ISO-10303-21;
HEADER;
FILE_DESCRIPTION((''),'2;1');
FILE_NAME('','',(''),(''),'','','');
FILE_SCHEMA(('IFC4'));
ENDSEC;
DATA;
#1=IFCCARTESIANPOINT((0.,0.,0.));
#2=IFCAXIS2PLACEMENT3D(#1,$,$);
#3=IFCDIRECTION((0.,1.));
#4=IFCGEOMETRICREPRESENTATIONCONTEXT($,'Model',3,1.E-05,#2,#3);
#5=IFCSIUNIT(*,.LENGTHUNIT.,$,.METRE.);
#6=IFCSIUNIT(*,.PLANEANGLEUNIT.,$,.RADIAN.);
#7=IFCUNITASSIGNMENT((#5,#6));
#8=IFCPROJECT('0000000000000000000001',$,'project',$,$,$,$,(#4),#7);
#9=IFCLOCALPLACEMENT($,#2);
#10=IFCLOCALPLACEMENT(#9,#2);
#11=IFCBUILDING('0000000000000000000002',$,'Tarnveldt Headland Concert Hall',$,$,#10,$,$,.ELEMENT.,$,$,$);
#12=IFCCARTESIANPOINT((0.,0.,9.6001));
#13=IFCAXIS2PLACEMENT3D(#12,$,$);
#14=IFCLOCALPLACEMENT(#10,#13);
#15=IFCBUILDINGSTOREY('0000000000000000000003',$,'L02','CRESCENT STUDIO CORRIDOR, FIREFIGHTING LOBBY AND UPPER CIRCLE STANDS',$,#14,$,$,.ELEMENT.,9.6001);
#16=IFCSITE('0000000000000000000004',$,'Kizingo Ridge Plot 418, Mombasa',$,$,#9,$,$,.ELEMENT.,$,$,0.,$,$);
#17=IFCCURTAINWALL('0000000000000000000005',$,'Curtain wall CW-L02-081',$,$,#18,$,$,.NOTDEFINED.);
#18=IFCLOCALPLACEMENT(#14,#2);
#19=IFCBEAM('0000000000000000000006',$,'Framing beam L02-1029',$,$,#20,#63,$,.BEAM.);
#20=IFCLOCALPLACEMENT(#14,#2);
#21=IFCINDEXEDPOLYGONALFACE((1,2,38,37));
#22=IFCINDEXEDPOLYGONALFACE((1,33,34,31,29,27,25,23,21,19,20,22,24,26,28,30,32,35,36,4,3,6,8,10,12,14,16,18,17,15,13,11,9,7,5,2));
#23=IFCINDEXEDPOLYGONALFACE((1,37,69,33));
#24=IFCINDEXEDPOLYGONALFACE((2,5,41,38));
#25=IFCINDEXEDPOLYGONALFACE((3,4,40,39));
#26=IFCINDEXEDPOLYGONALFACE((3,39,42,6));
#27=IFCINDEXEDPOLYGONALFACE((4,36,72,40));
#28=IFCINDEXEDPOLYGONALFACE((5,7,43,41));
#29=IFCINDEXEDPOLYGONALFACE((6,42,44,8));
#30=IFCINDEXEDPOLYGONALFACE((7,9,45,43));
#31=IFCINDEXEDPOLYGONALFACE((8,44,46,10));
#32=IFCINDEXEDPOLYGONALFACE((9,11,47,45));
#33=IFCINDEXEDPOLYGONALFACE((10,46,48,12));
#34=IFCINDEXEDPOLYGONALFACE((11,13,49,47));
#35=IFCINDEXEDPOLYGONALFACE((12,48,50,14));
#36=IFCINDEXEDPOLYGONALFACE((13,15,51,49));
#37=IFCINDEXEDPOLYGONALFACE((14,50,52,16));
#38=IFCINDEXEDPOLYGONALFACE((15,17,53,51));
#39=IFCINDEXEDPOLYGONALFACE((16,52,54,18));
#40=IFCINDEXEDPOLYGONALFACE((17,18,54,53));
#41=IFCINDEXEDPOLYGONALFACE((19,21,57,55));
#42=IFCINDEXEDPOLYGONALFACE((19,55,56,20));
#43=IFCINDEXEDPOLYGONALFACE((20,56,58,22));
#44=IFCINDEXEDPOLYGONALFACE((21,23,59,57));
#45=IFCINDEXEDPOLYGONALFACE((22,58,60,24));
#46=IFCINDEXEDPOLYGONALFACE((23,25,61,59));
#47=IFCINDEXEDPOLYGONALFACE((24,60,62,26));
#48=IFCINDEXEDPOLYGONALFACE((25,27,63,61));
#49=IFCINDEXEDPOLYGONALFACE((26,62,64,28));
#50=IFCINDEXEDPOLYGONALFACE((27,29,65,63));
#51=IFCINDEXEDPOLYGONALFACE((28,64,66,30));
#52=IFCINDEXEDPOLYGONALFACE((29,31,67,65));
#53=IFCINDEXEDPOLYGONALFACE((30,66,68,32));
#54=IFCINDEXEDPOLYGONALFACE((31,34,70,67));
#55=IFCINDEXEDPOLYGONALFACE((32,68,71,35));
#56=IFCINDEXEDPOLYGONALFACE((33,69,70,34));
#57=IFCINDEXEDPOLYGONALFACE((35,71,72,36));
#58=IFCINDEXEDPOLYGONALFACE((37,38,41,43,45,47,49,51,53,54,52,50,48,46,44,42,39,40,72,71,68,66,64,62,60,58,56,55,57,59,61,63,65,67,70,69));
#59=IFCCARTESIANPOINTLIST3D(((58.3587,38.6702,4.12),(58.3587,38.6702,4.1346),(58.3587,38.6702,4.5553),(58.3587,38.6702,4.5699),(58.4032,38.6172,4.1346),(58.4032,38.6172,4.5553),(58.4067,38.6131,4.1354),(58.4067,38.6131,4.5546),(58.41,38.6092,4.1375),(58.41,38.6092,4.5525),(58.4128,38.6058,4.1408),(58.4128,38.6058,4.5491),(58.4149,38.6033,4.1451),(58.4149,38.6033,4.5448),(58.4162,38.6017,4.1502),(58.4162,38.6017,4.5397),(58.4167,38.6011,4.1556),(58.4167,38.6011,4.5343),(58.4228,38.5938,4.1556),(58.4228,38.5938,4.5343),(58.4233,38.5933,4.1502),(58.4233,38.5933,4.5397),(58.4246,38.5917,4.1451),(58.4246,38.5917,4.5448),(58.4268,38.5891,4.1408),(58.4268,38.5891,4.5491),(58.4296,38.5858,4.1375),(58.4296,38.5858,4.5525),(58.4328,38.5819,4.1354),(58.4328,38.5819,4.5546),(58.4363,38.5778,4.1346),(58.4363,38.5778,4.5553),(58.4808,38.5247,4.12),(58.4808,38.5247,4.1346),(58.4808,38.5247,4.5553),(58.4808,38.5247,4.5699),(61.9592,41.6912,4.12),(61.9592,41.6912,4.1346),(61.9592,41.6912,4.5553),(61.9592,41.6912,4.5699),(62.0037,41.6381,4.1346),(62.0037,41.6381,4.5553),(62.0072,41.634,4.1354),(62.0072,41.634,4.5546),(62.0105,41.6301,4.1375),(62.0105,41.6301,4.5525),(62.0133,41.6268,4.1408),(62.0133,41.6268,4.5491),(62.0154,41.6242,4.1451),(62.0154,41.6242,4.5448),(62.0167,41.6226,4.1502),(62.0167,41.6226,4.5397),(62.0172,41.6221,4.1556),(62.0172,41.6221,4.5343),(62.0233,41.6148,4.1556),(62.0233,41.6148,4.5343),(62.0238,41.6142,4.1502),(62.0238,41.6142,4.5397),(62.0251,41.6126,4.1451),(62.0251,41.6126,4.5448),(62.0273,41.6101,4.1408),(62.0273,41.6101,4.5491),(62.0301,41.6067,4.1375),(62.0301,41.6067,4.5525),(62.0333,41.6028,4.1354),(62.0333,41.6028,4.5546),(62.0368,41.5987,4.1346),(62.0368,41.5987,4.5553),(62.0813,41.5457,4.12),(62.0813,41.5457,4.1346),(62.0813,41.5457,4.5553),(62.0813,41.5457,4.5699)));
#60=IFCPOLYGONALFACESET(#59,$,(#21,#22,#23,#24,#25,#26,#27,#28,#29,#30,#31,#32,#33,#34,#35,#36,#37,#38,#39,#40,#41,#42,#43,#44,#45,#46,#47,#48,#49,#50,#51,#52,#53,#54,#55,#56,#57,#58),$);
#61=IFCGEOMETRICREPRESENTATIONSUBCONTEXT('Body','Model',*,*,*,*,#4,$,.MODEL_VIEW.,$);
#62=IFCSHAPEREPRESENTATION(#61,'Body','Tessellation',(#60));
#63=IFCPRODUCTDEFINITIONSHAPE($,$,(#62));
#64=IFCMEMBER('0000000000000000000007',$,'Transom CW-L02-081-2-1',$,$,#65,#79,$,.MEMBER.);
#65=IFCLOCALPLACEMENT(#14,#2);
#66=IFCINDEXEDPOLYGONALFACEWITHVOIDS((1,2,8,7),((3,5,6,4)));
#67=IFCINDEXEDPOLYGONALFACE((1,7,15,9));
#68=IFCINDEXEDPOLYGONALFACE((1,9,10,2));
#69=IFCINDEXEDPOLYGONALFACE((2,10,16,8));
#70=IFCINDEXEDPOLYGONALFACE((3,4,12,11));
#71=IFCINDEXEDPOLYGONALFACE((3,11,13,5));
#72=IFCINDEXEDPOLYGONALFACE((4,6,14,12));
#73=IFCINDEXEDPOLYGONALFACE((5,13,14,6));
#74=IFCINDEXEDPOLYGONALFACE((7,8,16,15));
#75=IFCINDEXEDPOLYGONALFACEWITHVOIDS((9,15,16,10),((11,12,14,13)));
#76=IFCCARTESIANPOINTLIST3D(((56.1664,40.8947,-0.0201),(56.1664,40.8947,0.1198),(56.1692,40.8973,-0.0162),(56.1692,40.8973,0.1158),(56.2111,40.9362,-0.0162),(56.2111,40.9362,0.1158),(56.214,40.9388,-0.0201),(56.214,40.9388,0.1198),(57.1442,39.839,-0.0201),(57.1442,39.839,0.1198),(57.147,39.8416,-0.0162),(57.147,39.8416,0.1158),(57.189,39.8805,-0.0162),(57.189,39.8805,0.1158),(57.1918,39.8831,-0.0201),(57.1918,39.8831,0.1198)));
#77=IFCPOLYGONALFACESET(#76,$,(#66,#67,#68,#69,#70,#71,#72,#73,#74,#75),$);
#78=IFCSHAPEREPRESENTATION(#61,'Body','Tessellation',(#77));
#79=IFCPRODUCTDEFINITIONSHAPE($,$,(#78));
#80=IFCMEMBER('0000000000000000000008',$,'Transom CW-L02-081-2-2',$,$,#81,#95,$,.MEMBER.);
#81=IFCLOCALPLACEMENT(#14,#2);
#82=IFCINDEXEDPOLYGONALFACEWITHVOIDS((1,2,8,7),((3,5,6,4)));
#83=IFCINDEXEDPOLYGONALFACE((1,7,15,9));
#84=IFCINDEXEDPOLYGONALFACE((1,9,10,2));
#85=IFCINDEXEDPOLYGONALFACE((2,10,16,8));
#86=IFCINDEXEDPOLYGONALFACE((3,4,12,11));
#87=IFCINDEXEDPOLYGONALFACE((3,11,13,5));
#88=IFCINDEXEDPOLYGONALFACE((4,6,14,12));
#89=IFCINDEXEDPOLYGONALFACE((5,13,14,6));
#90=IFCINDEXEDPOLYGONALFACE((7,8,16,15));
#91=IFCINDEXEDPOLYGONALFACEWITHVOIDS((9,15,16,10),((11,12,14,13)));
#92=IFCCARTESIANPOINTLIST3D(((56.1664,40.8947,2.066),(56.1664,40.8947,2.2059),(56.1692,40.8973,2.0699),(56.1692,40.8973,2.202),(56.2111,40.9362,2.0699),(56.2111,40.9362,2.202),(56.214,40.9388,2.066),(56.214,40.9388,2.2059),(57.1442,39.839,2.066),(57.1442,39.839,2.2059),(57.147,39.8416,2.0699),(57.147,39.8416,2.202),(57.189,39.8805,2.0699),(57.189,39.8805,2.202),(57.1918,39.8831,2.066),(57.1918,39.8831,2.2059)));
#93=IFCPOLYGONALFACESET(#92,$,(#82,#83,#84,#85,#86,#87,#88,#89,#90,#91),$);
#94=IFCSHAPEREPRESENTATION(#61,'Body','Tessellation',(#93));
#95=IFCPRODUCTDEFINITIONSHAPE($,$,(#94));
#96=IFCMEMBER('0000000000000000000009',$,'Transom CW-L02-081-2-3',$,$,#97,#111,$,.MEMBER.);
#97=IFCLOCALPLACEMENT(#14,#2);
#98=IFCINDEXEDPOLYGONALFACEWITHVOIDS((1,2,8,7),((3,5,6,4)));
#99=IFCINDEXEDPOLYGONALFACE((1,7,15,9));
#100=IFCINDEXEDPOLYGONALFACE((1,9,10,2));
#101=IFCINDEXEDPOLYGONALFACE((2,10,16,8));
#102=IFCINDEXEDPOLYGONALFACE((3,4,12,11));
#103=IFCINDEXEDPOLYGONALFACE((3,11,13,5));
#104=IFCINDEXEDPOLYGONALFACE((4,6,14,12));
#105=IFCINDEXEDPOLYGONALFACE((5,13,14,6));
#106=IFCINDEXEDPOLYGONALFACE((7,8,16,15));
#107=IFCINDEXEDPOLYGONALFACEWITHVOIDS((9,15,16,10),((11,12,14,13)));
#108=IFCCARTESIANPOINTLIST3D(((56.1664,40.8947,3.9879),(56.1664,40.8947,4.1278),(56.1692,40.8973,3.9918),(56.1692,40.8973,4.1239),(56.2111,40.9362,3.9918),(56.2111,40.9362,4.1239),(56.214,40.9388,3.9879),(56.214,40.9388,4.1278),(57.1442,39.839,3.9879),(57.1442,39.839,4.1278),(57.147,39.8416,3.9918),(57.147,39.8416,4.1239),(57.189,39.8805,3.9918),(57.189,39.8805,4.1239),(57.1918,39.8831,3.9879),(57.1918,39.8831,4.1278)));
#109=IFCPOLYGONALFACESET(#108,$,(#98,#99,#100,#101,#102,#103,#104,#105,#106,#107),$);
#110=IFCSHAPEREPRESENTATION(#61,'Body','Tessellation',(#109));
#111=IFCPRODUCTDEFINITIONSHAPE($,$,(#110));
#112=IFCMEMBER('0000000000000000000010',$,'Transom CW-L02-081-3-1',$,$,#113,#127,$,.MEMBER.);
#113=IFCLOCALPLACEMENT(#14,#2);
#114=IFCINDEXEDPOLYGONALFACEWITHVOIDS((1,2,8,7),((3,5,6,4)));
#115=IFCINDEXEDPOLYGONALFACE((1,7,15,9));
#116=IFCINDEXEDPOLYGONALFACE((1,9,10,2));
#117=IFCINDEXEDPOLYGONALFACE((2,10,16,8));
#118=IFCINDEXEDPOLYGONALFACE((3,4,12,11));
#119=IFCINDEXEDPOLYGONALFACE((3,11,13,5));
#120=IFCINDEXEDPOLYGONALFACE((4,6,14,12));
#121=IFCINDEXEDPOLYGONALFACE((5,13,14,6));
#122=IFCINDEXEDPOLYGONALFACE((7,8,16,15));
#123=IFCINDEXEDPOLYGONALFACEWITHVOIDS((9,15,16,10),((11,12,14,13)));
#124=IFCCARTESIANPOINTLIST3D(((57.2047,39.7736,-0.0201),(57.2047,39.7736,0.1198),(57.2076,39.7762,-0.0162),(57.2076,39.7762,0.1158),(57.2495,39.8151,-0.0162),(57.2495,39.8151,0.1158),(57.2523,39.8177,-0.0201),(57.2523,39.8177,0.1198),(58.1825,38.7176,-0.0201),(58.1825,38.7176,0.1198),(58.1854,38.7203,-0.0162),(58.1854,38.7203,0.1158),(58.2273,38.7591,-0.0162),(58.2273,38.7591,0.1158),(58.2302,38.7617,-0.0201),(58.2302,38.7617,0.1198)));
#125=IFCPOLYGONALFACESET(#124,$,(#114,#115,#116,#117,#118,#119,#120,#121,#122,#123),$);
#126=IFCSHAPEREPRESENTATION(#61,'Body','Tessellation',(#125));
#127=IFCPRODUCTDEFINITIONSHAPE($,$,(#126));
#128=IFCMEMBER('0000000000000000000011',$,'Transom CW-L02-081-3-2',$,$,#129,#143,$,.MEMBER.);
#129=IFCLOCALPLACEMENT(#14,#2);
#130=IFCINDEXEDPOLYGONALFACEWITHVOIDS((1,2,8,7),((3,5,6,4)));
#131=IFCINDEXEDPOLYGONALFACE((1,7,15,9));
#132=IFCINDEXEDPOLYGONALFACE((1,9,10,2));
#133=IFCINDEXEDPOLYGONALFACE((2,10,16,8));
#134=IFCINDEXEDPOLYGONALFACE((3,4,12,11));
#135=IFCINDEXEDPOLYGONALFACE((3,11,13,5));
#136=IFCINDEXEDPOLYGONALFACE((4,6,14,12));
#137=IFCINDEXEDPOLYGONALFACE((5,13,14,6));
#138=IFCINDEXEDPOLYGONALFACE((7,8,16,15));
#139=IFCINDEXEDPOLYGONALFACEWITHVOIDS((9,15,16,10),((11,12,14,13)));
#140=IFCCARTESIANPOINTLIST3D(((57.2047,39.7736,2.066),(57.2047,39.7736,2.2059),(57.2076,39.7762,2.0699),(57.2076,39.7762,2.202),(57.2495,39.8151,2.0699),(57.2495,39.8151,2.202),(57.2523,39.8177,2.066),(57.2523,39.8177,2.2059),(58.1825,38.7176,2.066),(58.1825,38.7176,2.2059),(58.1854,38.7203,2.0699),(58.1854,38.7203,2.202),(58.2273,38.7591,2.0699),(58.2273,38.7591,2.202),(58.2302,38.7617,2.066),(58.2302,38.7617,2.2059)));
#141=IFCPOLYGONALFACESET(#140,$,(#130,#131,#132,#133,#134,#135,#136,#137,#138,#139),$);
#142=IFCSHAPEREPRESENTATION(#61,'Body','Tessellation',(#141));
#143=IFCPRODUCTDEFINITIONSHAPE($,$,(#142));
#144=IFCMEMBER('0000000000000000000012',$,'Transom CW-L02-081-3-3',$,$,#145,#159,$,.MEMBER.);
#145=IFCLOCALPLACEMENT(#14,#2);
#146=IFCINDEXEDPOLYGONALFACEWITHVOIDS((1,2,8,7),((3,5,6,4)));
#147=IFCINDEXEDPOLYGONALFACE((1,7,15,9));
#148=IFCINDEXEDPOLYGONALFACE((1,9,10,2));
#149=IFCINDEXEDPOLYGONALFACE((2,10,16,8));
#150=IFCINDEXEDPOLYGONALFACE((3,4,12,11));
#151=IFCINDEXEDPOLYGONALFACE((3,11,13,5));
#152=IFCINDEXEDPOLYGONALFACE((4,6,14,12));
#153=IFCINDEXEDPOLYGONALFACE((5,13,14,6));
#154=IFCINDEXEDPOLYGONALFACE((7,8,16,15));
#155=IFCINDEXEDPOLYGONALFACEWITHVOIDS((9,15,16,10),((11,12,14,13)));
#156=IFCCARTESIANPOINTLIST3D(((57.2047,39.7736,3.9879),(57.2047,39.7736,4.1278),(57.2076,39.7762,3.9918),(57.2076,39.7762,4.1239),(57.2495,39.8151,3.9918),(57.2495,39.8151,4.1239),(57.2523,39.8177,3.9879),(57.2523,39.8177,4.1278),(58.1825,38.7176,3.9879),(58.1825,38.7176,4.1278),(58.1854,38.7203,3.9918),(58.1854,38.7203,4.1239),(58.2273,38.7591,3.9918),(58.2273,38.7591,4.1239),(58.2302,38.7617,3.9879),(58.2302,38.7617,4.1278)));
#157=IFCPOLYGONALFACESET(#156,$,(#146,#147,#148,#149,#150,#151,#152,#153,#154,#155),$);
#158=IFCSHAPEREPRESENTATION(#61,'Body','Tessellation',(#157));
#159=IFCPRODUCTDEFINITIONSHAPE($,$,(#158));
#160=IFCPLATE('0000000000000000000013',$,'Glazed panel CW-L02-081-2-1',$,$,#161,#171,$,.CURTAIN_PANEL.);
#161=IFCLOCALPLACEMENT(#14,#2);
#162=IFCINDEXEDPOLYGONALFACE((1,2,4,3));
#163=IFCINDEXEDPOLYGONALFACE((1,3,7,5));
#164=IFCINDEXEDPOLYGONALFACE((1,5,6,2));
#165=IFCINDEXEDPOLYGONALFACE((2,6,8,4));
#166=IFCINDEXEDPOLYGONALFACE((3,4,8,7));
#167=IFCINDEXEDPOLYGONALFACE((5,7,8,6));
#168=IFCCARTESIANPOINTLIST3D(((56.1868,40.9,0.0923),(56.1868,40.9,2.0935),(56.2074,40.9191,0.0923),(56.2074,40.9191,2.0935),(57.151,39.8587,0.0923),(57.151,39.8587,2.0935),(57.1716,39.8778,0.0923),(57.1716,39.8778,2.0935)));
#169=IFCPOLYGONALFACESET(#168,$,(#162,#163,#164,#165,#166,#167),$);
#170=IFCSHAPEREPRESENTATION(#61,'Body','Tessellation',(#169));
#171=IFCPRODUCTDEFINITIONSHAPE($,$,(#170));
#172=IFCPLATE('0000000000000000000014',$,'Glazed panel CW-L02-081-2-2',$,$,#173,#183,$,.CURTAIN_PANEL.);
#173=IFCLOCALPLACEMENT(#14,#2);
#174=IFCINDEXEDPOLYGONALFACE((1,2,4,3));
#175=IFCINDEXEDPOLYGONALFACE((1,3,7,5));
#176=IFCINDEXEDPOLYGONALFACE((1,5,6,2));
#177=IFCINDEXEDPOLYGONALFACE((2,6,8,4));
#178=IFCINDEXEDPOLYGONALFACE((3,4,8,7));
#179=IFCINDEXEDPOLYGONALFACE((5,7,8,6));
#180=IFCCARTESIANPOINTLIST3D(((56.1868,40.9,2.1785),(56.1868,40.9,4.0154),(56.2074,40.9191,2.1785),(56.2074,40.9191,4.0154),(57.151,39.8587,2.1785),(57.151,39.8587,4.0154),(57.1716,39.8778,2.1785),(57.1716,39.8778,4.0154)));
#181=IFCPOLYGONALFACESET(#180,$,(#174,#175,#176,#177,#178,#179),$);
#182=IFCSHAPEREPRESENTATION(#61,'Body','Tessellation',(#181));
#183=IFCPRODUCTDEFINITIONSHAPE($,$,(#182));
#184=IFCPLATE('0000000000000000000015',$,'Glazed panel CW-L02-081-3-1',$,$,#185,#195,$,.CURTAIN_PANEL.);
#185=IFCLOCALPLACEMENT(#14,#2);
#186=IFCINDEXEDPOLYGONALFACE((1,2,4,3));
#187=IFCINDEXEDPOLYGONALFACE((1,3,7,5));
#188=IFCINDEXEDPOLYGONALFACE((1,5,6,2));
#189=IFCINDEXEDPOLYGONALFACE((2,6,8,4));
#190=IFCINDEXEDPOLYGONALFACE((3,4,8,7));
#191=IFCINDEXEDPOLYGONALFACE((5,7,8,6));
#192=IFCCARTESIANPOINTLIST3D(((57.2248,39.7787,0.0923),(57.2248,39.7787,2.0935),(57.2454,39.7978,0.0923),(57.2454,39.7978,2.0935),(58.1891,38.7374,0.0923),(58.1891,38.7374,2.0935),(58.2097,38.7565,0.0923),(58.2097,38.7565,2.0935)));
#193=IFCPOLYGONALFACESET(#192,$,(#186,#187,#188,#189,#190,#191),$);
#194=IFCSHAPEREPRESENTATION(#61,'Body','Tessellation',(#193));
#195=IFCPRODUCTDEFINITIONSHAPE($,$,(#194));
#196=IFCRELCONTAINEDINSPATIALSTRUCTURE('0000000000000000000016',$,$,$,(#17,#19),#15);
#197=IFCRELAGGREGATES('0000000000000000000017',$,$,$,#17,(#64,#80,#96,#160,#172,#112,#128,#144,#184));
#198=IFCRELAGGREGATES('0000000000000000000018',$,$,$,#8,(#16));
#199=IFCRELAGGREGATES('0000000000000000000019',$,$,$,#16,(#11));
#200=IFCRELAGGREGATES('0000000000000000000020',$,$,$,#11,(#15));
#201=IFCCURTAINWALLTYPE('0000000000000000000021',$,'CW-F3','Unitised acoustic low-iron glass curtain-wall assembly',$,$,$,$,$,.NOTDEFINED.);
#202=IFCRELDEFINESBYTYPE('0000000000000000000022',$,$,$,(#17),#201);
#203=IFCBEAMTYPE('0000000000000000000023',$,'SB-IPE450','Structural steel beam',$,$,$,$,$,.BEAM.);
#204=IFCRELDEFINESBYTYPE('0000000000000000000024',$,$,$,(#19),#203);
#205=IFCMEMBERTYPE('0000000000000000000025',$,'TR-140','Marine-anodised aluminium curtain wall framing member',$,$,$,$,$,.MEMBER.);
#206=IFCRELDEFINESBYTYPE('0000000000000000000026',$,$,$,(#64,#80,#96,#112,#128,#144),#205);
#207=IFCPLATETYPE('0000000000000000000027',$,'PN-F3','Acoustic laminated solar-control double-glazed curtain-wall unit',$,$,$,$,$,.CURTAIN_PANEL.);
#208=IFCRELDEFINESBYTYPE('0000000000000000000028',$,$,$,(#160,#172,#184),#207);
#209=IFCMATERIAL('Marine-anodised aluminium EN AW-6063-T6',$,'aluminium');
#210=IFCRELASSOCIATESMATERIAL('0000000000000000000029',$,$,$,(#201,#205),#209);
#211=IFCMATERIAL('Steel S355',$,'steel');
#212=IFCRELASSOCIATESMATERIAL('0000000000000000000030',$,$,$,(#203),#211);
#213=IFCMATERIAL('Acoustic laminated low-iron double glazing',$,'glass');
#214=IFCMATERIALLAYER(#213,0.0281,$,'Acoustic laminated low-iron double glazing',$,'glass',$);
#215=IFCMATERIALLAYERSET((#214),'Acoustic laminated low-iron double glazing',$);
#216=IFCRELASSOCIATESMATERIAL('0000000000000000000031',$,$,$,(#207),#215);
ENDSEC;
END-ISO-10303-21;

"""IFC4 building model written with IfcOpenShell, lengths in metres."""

from ifc_helpers import new_model, si_unit, direction, frame, origin, origin_2d, place, context, subcontext, project, spatial, rectangle, hollow_rectangle, i_section, extrude, material, layer, layer_set, material_profile, profile_set, type_object, element, aggregate, save


model = new_model("IFC4")

# Units and contexts
model_context = context("Model", 3, precision=1e-05, world=origin(), true_north=direction((0.0, 1.0)))
body_context = subcontext(model_context, "Body", "Model", "MODEL_VIEW")
ifc_project = project(units=[si_unit("LENGTHUNIT", "METRE"), si_unit("PLANEANGLEUNIT", "RADIAN")], contexts=[model_context])

# Site, building, storey
site_placement = place(None, origin())
site = spatial("IfcSite", under=ifc_project, at=site_placement, Name="Kizingo Ridge Plot 418, Mombasa", CompositionType="ELEMENT", RefElevation=0.0)
building_placement = place(site_placement, origin())
building = spatial("IfcBuilding", under=site, at=building_placement, Name="Tarnveldt Headland Concert Hall", CompositionType="ELEMENT")
storey_placement = place(building_placement, frame((0.0, 0.0, 9.6001)))
storey = spatial("IfcBuildingStorey", under=building, at=storey_placement, Name="L02", Description="CRESCENT STUDIO CORRIDOR, FIREFIGHTING LOBBY AND UPPER CIRCLE STANDS", CompositionType="ELEMENT", Elevation=9.6001)

# Curtain wall
ifc_material_1 = material(Name="Marine-anodised aluminium EN AW-6063-T6", Category="aluminium")
curtain_wall_type = type_object("IfcCurtainWallType", Name="CW-F3", Description="Unitised acoustic low-iron glass curtain-wall assembly", PredefinedType="NOTDEFINED", material=ifc_material_1)
curtain_wall_placement = place(storey_placement, origin())
curtain_wall = element("IfcCurtainWall", 1, at=curtain_wall_placement, inside=storey, type_object=curtain_wall_type, Name="Curtain wall CW-L02-081", PredefinedType="NOTDEFINED")

# Beam
ifc_material_2 = material(Name="Steel S355", Category="steel")
ifc_material_profile_1 = material_profile(ifc_material_2, i_section(OverallWidth=0.1899, OverallDepth=0.45, WebThickness=0.0095, FlangeThickness=0.0146, FilletRadius=0.021, at=origin_2d()), Name="IPE450", Category="steel")
ifc_profile_set_1 = profile_set([ifc_material_profile_1], Name="Steel S355")
beam_type_1 = type_object("IfcBeamType", Name="SB-IPE450", Description="Structural steel beam", PredefinedType="BEAM", material=ifc_profile_set_1)
beam_1_placement = place(storey_placement, frame((62.0203, 41.6184, 4.345), z_axis=(-0.766071, -0.642756, 0.0), x_axis=(0.642756, -0.766071, 0.0)))
element("IfcBeam", 2, at=beam_1_placement, inside=storey, type_object=beam_type_1, Name="Framing beam L02-1029", PredefinedType="BEAM", context=body_context, shape_type="SweptSolid", body=[
    extrude(i_section(OverallWidth=0.1899, OverallDepth=0.45, WebThickness=0.0095, FlangeThickness=0.0146, FilletRadius=0.021, at=origin_2d()), origin(), (0.0, 0.0, 1.0), 4.7),
])

# Members
ifc_material_profile_2 = material_profile(ifc_material_1, hollow_rectangle(XDim=0.0649, YDim=0.1399, WallThickness=0.0039, at=origin_2d()), Name="ALU TRANSOM 65x140x4", Category="aluminium")
ifc_profile_set_2 = profile_set([ifc_material_profile_2], Name="Marine-anodised aluminium EN AW-6063-T6")
member_type_1 = type_object("IfcMemberType", Name="TR-140", Description="Marine-anodised aluminium curtain wall framing member", PredefinedType="MEMBER", material=ifc_profile_set_2)
member_1_placement = place(storey_placement, frame((56.1902, 40.9167, 0.0498), z_axis=(0.679526, -0.733651, 0.0), x_axis=(0.733651, 0.679526, 0.0)))
member_1 = element("IfcMember", 3, at=member_1_placement, type_object=member_type_1, Name="Transom CW-L02-081-2-1", PredefinedType="MEMBER", context=body_context, shape_type="SweptSolid", body=[
    extrude(hollow_rectangle(XDim=0.0649, YDim=0.1399, WallThickness=0.0039, at=origin_2d()), origin(), (0.0, 0.0, 1.0), 1.439),
])
member_2_placement = place(storey_placement, frame((56.1902, 40.9167, 2.136), z_axis=(0.679526, -0.733651, 0.0), x_axis=(0.733651, 0.679526, 0.0)))
member_2 = element("IfcMember", 4, at=member_2_placement, type_object=member_type_1, Name="Transom CW-L02-081-2-2", PredefinedType="MEMBER", context=body_context, shape_type="SweptSolid", body=[
    extrude(hollow_rectangle(XDim=0.0649, YDim=0.1399, WallThickness=0.0039, at=origin_2d()), origin(), (0.0, 0.0, 1.0), 1.439),
])
member_3_placement = place(storey_placement, frame((56.1902, 40.9167, 4.0579), z_axis=(0.679526, -0.733651, 0.0), x_axis=(0.733651, 0.679526, 0.0)))
member_3 = element("IfcMember", 5, at=member_3_placement, type_object=member_type_1, Name="Transom CW-L02-081-2-3", PredefinedType="MEMBER", context=body_context, shape_type="SweptSolid", body=[
    extrude(hollow_rectangle(XDim=0.0649, YDim=0.1399, WallThickness=0.0039, at=origin_2d()), origin(), (0.0, 0.0, 1.0), 1.439),
])
member_4_placement = place(storey_placement, frame((57.2285, 39.7957, 0.0498), z_axis=(0.679442, -0.733729, 0.0), x_axis=(0.733729, 0.679442, 0.0)))
member_4 = element("IfcMember", 6, at=member_4_placement, type_object=member_type_1, Name="Transom CW-L02-081-3-1", PredefinedType="MEMBER", context=body_context, shape_type="SweptSolid", body=[
    extrude(hollow_rectangle(XDim=0.0649, YDim=0.1399, WallThickness=0.0039, at=origin_2d()), origin(), (0.0, 0.0, 1.0), 1.4392),
])
member_5_placement = place(storey_placement, frame((57.2285, 39.7957, 2.136), z_axis=(0.679442, -0.733729, 0.0), x_axis=(0.733729, 0.679442, 0.0)))
member_5 = element("IfcMember", 7, at=member_5_placement, type_object=member_type_1, Name="Transom CW-L02-081-3-2", PredefinedType="MEMBER", context=body_context, shape_type="SweptSolid", body=[
    extrude(hollow_rectangle(XDim=0.0649, YDim=0.1399, WallThickness=0.0039, at=origin_2d()), origin(), (0.0, 0.0, 1.0), 1.4392),
])
member_6_placement = place(storey_placement, frame((57.2285, 39.7957, 4.0579), z_axis=(0.679442, -0.733729, 0.0), x_axis=(0.733729, 0.679442, 0.0)))
member_6 = element("IfcMember", 8, at=member_6_placement, type_object=member_type_1, Name="Transom CW-L02-081-3-3", PredefinedType="MEMBER", context=body_context, shape_type="SweptSolid", body=[
    extrude(hollow_rectangle(XDim=0.0649, YDim=0.1399, WallThickness=0.0039, at=origin_2d()), origin(), (0.0, 0.0, 1.0), 1.4392),
])

# Plates
ifc_material_3 = material(Name="Acoustic laminated low-iron double glazing", Category="glass")
ifc_layer_1 = layer(ifc_material_3, 0.0281, Name="Acoustic laminated low-iron double glazing", Category="glass")
ifc_layer_set_1 = layer_set([ifc_layer_1], Name="Acoustic laminated low-iron double glazing")
plate_type = type_object("IfcPlateType", Name="PN-F3", Description="Acoustic laminated solar-control double-glazed curtain-wall unit", PredefinedType="CURTAIN_PANEL", material=ifc_layer_set_1)
plate_1_placement = place(storey_placement, frame((56.6792, 40.3889, 0.0923), z_axis=(0.0, 0.0, 1.0), x_axis=(0.679467, -0.733706, 0.0)))
plate_1 = element("IfcPlate", 9, at=plate_1_placement, type_object=plate_type, Name="Glazed panel CW-L02-081-2-1", PredefinedType="CURTAIN_PANEL", context=body_context, shape_type="SweptSolid", body=[
    extrude(rectangle(XDim=1.4192, YDim=0.0281, at=origin_2d()), origin(), (0.0, 0.0, 1.0), 2.0012),
])
plate_2_placement = place(storey_placement, frame((56.6792, 40.3889, 2.1785), z_axis=(0.0, 0.0, 1.0), x_axis=(0.679467, -0.733706, 0.0)))
plate_2 = element("IfcPlate", 10, at=plate_2_placement, type_object=plate_type, Name="Glazed panel CW-L02-081-2-2", PredefinedType="CURTAIN_PANEL", context=body_context, shape_type="SweptSolid", body=[
    extrude(rectangle(XDim=1.4192, YDim=0.0281, at=origin_2d()), origin(), (0.0, 0.0, 1.0), 1.8369),
])
plate_3_placement = place(storey_placement, frame((57.7173, 39.2676, 0.0923), z_axis=(0.0, 0.0, 1.0), x_axis=(0.679467, -0.733706, 0.0)))
plate_3 = element("IfcPlate", 11, at=plate_3_placement, type_object=plate_type, Name="Glazed panel CW-L02-081-3-1", PredefinedType="CURTAIN_PANEL", context=body_context, shape_type="SweptSolid", body=[
    extrude(rectangle(XDim=1.4192, YDim=0.0281, at=origin_2d()), origin(), (0.0, 0.0, 1.0), 2.0012),
])
aggregate(curtain_wall, [member_1, member_2, member_3, plate_1, plate_2, member_4, member_5, member_6, plate_3])

save(model, "model.ifc")
